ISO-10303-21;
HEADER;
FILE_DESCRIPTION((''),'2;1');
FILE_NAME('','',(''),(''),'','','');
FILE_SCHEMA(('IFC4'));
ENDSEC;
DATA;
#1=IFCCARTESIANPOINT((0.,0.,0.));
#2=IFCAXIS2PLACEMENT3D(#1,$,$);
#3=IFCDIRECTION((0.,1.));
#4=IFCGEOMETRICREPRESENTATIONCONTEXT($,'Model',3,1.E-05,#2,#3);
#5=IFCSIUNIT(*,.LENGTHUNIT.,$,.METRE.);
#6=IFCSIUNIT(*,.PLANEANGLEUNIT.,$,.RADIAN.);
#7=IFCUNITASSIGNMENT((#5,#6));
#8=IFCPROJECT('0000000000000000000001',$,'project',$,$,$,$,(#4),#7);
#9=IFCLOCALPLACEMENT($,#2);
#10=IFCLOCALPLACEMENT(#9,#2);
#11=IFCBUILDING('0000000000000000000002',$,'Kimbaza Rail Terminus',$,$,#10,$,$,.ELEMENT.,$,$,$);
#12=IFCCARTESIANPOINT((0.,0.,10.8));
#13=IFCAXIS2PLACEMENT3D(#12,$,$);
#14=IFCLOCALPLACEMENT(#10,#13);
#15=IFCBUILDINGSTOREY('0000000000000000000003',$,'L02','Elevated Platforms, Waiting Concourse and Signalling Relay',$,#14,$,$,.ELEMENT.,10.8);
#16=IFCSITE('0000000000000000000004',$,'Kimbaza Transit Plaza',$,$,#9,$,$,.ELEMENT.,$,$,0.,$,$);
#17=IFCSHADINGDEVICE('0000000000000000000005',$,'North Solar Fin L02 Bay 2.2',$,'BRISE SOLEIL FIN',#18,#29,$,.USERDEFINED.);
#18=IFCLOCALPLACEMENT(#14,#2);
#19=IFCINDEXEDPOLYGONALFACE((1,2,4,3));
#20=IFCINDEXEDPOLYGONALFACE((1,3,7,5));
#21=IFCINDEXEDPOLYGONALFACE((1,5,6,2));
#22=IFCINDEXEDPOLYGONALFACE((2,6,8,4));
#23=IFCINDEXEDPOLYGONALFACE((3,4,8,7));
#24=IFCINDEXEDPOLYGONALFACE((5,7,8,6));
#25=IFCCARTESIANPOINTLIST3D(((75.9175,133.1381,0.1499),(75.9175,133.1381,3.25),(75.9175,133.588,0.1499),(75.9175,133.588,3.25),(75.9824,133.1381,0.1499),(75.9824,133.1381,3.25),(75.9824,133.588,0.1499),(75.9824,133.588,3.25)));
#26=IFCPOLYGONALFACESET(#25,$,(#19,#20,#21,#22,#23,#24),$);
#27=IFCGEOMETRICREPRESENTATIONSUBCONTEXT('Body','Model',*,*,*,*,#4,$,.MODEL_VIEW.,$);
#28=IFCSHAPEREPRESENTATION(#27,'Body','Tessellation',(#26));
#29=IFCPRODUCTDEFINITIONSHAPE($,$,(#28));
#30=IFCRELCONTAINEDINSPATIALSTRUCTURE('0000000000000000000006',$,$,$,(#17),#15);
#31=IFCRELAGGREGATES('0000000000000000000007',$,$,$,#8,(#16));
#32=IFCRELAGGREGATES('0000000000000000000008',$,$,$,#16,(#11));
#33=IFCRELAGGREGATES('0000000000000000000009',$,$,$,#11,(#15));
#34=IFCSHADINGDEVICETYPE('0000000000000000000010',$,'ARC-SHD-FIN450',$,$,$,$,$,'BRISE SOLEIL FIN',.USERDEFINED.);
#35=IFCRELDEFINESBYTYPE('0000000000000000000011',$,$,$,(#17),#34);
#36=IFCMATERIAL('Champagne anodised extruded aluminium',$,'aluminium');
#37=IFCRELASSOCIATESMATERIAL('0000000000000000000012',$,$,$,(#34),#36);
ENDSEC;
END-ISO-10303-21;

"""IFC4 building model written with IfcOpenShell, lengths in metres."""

from ifc_helpers import new_model, si_unit, direction, frame, origin, origin_2d, place, context, subcontext, project, spatial, rectangle, extrude, material, type_object, element, save


model = new_model("IFC4")

# Units and contexts
model_context = context("Model", 3, precision=1e-05, world=origin(), true_north=direction((0.0, 1.0)))
body_context = subcontext(model_context, "Body", "Model", "MODEL_VIEW")
ifc_project = project(units=[si_unit("LENGTHUNIT", "METRE"), si_unit("PLANEANGLEUNIT", "RADIAN")], contexts=[model_context])

# Site, building, storey
site_placement = place(None, origin())
site = spatial("IfcSite", under=ifc_project, at=site_placement, Name="Kimbaza Transit Plaza", CompositionType="ELEMENT", RefElevation=0.0)
building_placement = place(site_placement, origin())
building = spatial("IfcBuilding", under=site, at=building_placement, Name="Kimbaza Rail Terminus", CompositionType="ELEMENT")
storey_placement = place(building_placement, frame((0.0, 0.0, 10.8)))
storey = spatial("IfcBuildingStorey", under=building, at=storey_placement, Name="L02", Description="Elevated Platforms, Waiting Concourse and Signalling Relay", CompositionType="ELEMENT", Elevation=10.8)

# Shading device
ifc_material_1 = material(Name="Champagne anodised extruded aluminium", Category="aluminium")
shading_device_type = type_object("IfcShadingDeviceType", Name="ARC-SHD-FIN450", ElementType="BRISE SOLEIL FIN", PredefinedType="USERDEFINED", material=ifc_material_1)
for number, where, z_axis, x_axis, name in (
    (1, (75.95, 133.363, 0.1499), (0.0, 0.0, 1.0), (1.0, 0.0, 0.0), "North Solar Fin L02 Bay 2.2"),
):
    element("IfcShadingDevice", number, at=place(storey_placement, frame(where, z_axis=z_axis, x_axis=x_axis)), inside=storey, type_object=shading_device_type, Name=name, ObjectType="BRISE SOLEIL FIN", PredefinedType="USERDEFINED", context=body_context, shape_type="SweptSolid", body=[
        extrude(rectangle(XDim=0.0649, YDim=0.45, at=origin_2d()), origin(), (0.0, 0.0, 1.0), 3.1001),
    ])

save(model, "model.ifc")
